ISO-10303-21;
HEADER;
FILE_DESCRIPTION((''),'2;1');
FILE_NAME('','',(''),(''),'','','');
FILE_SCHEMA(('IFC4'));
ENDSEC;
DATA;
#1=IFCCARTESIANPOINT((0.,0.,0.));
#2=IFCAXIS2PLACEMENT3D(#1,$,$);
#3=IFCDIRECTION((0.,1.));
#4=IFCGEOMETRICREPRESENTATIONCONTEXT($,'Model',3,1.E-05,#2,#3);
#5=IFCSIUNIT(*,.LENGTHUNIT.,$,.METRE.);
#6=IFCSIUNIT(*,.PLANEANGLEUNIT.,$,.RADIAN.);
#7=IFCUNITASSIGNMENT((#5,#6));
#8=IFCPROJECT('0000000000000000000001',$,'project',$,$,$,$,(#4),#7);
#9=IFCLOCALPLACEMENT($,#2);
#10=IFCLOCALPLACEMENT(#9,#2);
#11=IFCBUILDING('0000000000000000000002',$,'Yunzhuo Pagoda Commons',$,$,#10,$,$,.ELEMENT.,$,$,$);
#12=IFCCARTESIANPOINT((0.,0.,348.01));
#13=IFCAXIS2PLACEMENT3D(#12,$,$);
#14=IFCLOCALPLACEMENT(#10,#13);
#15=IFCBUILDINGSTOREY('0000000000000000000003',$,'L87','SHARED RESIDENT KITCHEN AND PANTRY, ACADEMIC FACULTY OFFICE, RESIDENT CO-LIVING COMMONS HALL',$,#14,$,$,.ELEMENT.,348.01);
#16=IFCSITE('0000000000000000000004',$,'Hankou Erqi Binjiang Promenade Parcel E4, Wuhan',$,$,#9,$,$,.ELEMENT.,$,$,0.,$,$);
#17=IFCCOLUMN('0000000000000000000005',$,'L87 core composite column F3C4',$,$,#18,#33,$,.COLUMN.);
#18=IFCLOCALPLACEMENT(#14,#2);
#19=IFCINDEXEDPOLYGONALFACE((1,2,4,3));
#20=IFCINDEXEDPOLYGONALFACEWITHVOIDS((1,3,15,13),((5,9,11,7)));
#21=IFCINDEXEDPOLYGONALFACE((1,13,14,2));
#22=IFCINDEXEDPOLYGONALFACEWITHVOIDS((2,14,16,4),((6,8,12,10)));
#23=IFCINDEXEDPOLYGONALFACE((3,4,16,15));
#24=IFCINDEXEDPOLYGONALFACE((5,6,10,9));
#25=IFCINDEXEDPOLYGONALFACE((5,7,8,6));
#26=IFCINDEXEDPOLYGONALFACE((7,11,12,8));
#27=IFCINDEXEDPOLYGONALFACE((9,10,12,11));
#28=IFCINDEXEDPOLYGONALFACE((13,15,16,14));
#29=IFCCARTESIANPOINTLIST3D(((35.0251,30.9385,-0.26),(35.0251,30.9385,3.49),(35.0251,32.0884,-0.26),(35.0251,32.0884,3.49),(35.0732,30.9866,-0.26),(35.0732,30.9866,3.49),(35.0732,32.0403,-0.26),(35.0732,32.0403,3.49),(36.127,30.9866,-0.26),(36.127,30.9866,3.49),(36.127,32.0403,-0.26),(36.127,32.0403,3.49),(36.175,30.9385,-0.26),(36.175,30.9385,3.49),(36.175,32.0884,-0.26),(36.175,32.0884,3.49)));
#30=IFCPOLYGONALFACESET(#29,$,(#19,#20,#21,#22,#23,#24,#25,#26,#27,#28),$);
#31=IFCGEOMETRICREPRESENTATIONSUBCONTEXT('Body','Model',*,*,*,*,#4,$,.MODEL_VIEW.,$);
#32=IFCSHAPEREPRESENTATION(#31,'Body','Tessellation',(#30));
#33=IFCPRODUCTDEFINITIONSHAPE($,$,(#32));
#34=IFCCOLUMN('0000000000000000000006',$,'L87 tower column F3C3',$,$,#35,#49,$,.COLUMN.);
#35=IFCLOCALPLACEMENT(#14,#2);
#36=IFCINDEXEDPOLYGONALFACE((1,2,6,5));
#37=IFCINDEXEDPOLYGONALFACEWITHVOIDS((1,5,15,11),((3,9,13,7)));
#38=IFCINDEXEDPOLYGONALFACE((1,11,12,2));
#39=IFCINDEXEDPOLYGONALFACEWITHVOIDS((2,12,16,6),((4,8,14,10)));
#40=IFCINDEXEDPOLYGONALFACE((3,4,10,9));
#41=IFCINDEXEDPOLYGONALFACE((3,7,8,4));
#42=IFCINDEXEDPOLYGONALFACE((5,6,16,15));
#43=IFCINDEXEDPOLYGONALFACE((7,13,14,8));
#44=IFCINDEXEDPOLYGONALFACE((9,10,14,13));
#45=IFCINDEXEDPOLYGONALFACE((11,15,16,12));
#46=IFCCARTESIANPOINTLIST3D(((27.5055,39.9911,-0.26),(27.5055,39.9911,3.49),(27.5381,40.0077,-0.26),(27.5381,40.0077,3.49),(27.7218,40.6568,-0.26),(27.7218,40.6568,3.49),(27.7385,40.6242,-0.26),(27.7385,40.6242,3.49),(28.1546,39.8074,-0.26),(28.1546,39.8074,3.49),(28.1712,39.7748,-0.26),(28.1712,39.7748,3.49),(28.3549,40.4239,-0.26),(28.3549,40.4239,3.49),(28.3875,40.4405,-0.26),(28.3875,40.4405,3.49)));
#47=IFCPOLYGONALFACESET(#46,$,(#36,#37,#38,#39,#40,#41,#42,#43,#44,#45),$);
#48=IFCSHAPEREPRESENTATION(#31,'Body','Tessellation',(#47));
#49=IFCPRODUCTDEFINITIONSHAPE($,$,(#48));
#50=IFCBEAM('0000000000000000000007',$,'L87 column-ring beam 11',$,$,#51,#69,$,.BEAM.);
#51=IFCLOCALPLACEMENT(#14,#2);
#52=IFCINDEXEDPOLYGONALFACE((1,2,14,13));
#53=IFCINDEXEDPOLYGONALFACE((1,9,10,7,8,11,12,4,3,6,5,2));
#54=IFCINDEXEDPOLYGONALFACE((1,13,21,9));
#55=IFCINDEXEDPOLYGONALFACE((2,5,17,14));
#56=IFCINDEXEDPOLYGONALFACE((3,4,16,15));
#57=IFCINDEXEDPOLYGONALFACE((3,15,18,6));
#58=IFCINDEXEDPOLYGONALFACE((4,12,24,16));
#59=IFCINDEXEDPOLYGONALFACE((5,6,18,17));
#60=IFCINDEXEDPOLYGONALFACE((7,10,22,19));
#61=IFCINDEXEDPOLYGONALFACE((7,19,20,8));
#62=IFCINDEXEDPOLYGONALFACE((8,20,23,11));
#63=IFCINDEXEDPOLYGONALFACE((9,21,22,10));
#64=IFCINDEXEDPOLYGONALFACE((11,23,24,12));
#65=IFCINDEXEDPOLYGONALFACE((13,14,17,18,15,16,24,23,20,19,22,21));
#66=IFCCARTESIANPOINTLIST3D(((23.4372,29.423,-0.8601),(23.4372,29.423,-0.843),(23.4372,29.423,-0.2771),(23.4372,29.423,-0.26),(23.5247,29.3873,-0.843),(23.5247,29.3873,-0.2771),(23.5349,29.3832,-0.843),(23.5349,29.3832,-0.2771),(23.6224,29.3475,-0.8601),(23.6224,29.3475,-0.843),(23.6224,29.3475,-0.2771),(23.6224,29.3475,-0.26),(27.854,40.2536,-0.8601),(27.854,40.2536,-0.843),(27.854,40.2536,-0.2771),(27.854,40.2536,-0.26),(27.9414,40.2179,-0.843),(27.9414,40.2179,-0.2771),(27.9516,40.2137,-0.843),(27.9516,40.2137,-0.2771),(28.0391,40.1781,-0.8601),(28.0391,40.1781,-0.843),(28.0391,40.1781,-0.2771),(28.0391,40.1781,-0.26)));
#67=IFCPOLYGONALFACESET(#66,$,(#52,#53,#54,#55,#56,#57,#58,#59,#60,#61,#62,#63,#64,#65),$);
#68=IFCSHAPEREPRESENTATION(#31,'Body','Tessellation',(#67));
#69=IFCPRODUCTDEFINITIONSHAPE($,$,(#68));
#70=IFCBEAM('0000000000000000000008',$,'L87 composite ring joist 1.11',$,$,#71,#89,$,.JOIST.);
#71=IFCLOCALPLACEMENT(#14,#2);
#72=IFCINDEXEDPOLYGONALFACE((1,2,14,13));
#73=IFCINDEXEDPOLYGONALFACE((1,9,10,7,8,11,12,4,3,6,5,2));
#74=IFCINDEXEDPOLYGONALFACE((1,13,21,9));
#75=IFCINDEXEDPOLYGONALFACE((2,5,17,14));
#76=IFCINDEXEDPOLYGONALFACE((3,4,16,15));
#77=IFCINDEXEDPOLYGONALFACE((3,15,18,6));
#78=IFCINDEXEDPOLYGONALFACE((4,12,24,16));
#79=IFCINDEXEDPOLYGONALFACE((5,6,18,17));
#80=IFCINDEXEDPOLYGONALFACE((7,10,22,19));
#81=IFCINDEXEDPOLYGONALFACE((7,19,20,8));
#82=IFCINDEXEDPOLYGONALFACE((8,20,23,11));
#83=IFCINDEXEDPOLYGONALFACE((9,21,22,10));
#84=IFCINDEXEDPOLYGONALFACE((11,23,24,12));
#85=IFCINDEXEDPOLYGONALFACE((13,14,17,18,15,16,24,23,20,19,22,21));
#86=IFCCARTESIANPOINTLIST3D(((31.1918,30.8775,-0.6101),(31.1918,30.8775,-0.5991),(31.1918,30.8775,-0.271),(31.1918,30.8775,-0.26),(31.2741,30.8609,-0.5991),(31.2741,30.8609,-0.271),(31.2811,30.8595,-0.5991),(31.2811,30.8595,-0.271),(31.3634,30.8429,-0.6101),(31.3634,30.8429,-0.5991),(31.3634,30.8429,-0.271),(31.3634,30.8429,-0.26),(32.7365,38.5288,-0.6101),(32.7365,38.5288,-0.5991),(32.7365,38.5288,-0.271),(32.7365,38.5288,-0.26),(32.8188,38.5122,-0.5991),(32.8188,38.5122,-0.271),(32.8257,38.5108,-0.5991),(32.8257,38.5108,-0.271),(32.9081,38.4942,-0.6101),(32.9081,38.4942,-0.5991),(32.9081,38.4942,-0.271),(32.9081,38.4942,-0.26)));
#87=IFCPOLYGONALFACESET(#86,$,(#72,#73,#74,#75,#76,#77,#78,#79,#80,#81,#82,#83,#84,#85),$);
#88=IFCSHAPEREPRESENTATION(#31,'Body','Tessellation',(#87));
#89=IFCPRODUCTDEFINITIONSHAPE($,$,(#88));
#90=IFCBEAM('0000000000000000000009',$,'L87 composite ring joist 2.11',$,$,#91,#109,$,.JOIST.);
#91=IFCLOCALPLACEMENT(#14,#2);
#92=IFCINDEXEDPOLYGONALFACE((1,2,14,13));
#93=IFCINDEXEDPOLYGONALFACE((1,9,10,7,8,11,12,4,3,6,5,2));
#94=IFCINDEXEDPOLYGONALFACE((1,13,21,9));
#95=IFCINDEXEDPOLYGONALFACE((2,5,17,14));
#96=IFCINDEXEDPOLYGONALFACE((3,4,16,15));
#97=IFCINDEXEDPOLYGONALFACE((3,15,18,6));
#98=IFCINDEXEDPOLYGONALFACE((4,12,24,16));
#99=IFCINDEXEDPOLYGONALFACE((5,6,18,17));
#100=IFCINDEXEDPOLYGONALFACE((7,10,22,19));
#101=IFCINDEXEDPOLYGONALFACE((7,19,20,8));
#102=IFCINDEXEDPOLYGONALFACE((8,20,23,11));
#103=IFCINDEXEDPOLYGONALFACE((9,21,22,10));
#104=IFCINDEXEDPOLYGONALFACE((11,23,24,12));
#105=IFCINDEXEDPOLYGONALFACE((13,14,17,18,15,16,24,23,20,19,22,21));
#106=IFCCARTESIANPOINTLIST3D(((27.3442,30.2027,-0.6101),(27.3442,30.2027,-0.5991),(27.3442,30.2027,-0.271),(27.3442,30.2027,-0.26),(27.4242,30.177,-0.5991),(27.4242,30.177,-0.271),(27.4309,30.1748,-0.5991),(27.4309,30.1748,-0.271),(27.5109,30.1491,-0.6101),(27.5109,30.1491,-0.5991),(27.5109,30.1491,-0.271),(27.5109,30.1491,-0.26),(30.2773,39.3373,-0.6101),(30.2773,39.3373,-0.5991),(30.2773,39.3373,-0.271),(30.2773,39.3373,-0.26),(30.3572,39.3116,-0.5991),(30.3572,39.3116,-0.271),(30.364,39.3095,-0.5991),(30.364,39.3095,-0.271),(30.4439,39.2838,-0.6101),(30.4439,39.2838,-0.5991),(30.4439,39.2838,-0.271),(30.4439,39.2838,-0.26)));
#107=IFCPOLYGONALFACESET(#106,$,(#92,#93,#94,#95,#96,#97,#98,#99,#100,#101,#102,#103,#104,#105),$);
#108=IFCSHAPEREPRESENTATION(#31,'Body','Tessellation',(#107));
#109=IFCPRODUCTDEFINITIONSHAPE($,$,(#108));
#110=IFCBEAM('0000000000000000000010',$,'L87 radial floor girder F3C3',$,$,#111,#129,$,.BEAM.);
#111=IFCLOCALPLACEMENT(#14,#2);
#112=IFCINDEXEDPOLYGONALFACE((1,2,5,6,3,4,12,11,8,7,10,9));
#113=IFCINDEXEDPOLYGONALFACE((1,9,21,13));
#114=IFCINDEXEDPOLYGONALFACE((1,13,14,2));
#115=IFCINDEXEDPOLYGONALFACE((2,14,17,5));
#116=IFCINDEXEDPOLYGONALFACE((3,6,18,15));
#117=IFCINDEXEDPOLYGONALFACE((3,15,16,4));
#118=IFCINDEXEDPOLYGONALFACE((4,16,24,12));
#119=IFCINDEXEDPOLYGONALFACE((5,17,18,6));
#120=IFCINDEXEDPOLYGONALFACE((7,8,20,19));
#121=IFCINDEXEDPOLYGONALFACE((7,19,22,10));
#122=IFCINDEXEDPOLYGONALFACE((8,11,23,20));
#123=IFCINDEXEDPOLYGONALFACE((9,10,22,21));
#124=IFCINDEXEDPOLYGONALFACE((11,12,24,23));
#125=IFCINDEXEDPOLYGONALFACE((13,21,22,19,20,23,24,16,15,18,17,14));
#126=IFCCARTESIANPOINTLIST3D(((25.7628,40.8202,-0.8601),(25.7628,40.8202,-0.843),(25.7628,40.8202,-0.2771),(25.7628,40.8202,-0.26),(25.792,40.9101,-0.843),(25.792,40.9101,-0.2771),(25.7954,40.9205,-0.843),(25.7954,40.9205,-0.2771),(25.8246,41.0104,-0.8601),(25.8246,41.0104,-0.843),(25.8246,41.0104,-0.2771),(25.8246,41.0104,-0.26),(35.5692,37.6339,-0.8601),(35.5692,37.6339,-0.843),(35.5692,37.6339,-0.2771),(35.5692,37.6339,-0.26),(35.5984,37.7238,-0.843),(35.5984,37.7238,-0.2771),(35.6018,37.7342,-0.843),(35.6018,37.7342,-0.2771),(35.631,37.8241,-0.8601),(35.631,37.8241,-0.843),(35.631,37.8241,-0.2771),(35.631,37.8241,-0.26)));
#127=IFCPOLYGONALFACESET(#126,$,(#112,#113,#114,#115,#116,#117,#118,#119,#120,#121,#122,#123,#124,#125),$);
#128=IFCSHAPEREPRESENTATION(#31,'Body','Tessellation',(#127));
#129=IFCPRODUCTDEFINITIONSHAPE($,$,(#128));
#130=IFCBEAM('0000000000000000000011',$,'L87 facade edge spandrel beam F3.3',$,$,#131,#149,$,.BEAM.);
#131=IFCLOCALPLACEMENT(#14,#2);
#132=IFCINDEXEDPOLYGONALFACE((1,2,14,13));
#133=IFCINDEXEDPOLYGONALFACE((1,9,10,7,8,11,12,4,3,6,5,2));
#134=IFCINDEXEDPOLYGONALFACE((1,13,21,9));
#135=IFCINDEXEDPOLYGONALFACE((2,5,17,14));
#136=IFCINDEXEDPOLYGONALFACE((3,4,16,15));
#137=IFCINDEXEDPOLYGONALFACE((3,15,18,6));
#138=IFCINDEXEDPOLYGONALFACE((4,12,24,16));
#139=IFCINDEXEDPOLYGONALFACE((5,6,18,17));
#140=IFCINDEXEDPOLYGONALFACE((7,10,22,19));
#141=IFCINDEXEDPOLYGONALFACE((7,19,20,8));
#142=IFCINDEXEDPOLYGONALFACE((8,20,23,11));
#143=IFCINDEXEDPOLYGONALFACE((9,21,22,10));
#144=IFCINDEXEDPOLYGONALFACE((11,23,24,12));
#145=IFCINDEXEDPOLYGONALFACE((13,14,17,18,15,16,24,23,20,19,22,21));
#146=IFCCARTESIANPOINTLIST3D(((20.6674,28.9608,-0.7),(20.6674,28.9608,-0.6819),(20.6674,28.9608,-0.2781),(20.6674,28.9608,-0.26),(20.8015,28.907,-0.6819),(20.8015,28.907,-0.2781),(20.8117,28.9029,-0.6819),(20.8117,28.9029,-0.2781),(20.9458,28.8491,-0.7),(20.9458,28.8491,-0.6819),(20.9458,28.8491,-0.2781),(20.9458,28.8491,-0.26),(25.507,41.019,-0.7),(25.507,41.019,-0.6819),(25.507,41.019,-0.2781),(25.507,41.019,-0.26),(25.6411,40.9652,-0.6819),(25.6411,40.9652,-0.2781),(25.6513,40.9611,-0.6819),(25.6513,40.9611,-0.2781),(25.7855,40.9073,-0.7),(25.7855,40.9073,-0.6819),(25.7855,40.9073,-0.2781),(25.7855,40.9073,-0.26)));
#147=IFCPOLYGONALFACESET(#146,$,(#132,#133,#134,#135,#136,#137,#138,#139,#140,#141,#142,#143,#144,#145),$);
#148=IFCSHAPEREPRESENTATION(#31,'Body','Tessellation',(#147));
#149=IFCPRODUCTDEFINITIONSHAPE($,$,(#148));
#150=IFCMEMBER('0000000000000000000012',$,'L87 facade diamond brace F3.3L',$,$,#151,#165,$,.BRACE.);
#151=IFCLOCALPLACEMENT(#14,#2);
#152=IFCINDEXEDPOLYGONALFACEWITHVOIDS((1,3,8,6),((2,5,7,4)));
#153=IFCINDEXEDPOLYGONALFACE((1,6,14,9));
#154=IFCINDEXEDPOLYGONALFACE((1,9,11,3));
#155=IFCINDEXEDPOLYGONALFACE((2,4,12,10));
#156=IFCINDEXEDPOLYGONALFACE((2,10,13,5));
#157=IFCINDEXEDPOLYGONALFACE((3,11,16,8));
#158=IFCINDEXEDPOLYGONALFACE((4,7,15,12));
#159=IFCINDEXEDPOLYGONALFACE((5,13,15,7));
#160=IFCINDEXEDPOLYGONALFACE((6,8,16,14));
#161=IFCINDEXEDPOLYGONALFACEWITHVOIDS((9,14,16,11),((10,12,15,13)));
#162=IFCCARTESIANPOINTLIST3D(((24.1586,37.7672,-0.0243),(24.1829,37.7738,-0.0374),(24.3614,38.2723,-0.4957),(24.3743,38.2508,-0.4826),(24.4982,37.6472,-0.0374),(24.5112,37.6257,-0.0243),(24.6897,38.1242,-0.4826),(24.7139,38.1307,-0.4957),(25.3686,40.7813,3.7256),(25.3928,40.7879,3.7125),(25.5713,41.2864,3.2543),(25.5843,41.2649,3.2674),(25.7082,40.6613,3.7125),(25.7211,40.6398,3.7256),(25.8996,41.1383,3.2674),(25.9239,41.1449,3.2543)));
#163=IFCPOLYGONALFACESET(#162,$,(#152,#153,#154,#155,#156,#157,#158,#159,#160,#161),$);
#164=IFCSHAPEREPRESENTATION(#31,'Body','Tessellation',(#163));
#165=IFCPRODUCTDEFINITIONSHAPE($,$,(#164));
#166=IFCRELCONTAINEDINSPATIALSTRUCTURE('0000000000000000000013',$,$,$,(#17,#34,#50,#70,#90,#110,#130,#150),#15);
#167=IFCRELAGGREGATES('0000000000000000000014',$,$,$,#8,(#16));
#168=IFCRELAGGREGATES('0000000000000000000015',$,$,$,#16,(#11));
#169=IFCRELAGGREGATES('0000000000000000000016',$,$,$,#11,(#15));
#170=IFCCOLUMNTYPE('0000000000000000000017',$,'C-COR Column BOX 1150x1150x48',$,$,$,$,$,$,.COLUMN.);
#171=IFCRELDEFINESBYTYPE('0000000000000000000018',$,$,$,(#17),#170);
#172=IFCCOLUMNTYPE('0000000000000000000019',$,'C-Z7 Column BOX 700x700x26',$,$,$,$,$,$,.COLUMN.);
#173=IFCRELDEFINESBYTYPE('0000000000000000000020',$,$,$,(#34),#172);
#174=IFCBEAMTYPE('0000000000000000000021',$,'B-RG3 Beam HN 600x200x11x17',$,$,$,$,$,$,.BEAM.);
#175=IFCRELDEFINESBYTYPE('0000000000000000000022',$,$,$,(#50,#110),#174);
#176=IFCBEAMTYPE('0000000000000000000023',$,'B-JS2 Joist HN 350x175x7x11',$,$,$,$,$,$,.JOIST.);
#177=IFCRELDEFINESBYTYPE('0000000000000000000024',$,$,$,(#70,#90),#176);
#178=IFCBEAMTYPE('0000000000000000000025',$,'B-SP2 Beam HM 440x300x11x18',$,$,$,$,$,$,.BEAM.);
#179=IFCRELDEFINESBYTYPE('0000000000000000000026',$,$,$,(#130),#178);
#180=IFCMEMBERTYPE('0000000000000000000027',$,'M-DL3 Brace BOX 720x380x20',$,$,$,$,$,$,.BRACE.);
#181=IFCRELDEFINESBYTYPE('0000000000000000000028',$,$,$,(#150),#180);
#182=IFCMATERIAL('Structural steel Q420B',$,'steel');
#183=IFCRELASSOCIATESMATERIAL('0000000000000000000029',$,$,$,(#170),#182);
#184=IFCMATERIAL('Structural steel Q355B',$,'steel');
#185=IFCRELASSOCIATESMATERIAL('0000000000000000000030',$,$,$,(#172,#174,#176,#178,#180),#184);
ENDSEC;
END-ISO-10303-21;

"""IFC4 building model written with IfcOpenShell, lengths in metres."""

from ifc_helpers import new_model, si_unit, direction, frame, origin, origin_2d, place, context, subcontext, project, spatial, hollow_rectangle, i_section, extrude, source, transform, mapped, material, material_profile, profile_set, type_object, element, save


model = new_model("IFC4")

# Units and contexts
model_context = context("Model", 3, precision=1e-05, world=origin(), true_north=direction((0.0, 1.0)))
body_context = subcontext(model_context, "Body", "Model", "MODEL_VIEW")
ifc_project = project(units=[si_unit("LENGTHUNIT", "METRE"), si_unit("PLANEANGLEUNIT", "RADIAN")], contexts=[model_context])

# Site, building, storey
site_placement = place(None, origin())
site = spatial("IfcSite", under=ifc_project, at=site_placement, Name="Hankou Erqi Binjiang Promenade Parcel E4, Wuhan", CompositionType="ELEMENT", RefElevation=0.0)
building_placement = place(site_placement, origin())
building = spatial("IfcBuilding", under=site, at=building_placement, Name="Yunzhuo Pagoda Commons", CompositionType="ELEMENT")
storey_placement = place(building_placement, frame((0.0, 0.0, 348.01)))
storey = spatial("IfcBuildingStorey", under=building, at=storey_placement, Name="L87", Description="SHARED RESIDENT KITCHEN AND PANTRY, ACADEMIC FACULTY OFFICE, RESIDENT CO-LIVING COMMONS HALL", CompositionType="ELEMENT", Elevation=348.01)

# Columns
ifc_material_1 = material(Name="Structural steel Q420B", Category="steel")
ifc_material_profile_1 = material_profile(ifc_material_1, hollow_rectangle(XDim=1.1499, YDim=1.1499, WallThickness=0.0481, at=origin_2d()), Name="Structural steel Q420B")
ifc_profile_set_1 = profile_set([ifc_material_profile_1], Name="Structural steel Q420B")
column_type_1 = type_object("IfcColumnType", Name="C-COR Column BOX 1150x1150x48", PredefinedType="COLUMN", material=ifc_profile_set_1)
shared_shape_1 = source(origin(), body_context, "Body", "SweptSolid", [
    extrude(hollow_rectangle(XDim=1.1499, YDim=1.1499, WallThickness=0.0481, at=origin_2d()), origin(), (0.0, 0.0, 1.0), 3.75),
])
column_1_placement = place(storey_placement, frame((35.6001, 31.5134, -0.26), z_axis=(0.0, 0.0, 1.0), x_axis=(1.0, 0.0, 0.0)))
element("IfcColumn", 1, at=column_1_placement, inside=storey, type_object=column_type_1, Name="L87 core composite column F3C4", PredefinedType="COLUMN", context=body_context, shape_type="MappedRepresentation", body=[
    mapped(shared_shape_1, transform((0.0, 0.0, 0.0), scale=1.0)),
])
ifc_material_2 = material(Name="Structural steel Q355B", Category="steel")
ifc_material_profile_2 = material_profile(ifc_material_2, hollow_rectangle(XDim=0.7, YDim=0.7, WallThickness=0.0259, at=origin_2d()), Name="Structural steel Q355B")
ifc_profile_set_2 = profile_set([ifc_material_profile_2], Name="Structural steel Q355B")
column_type_2 = type_object("IfcColumnType", Name="C-Z7 Column BOX 700x700x26", PredefinedType="COLUMN", material=ifc_profile_set_2)
shared_shape_2 = source(origin(), body_context, "Body", "SweptSolid", [
    extrude(hollow_rectangle(XDim=0.7, YDim=0.7, WallThickness=0.0259, at=origin_2d()), origin(), (0.0, 0.0, 1.0), 3.75),
])
column_2_placement = place(storey_placement, frame((27.9465, 40.2158, -0.26), z_axis=(0.0, 0.0, 1.0), x_axis=(-0.309017, -0.951057, 0.0)))
element("IfcColumn", 2, at=column_2_placement, inside=storey, type_object=column_type_2, Name="L87 tower column F3C3", PredefinedType="COLUMN", context=body_context, shape_type="MappedRepresentation", body=[
    mapped(shared_shape_2, transform((0.0, 0.0, 0.0), scale=1.0)),
])

# Beams
ifc_material_profile_3 = material_profile(ifc_material_2, i_section(OverallWidth=0.2, OverallDepth=0.6001, WebThickness=0.011, FlangeThickness=0.0171, at=origin_2d()), Name="Structural steel Q355B")
ifc_profile_set_3 = profile_set([ifc_material_profile_3], Name="Structural steel Q355B")
beam_type_1 = type_object("IfcBeamType", Name="B-RG3 Beam HN 600x200x11x17", PredefinedType="BEAM", material=ifc_profile_set_3)
shared_shape_3 = source(origin(), body_context, "Body", "SweptSolid", [
    extrude(i_section(OverallWidth=0.2, OverallDepth=0.6001, WebThickness=0.011, FlangeThickness=0.0171, at=origin_2d()), origin(), (0.0, 0.0, 1.0), 11.6965),
])
beam_1_placement = place(storey_placement, frame((27.9465, 40.2158, -0.5601), z_axis=(-0.377612, -0.925964, 0.0), x_axis=(0.925964, -0.377612, 0.0)))
element("IfcBeam", 3, at=beam_1_placement, inside=storey, type_object=beam_type_1, Name="L87 column-ring beam 11", PredefinedType="BEAM", context=body_context, shape_type="MappedRepresentation", body=[
    mapped(shared_shape_3, transform((0.0, 0.0, 0.0), scale=1.0)),
])
ifc_material_profile_4 = material_profile(ifc_material_2, i_section(OverallWidth=0.175, OverallDepth=0.3501, WebThickness=0.0071, FlangeThickness=0.011, at=origin_2d()), Name="Structural steel Q355B")
ifc_profile_set_4 = profile_set([ifc_material_profile_4], Name="Structural steel Q355B")
beam_type_2 = type_object("IfcBeamType", Name="B-JS2 Joist HN 350x175x7x11", PredefinedType="JOIST", material=ifc_profile_set_4)
shared_shape_4 = source(origin(), body_context, "Body", "SweptSolid", [
    extrude(i_section(OverallWidth=0.175, OverallDepth=0.3501, WebThickness=0.0071, FlangeThickness=0.011, at=origin_2d()), origin(), (0.0, 0.0, 1.0), 7.8057),
])
beam_2_placement = place(storey_placement, frame((32.8223, 38.5115, -0.4351), z_axis=(-0.19789, -0.980224, 0.0), x_axis=(0.980224, -0.19789, 0.0)))
element("IfcBeam", 4, at=beam_2_placement, inside=storey, type_object=beam_type_2, Name="L87 composite ring joist 1.11", PredefinedType="JOIST", context=body_context, shape_type="MappedRepresentation", body=[
    mapped(shared_shape_4, transform((0.0, 0.0, 0.0), scale=1.0)),
])
shared_shape_5 = source(origin(), body_context, "Body", "SweptSolid", [
    extrude(i_section(OverallWidth=0.175, OverallDepth=0.3501, WebThickness=0.0071, FlangeThickness=0.011, at=origin_2d()), origin(), (0.0, 0.0, 1.0), 9.594),
])
beam_3_placement = place(storey_placement, frame((30.3606, 39.3105, -0.4351), z_axis=(-0.305719, -0.952122, 0.0), x_axis=(0.952122, -0.305719, 0.0)))
element("IfcBeam", 5, at=beam_3_placement, inside=storey, type_object=beam_type_2, Name="L87 composite ring joist 2.11", PredefinedType="JOIST", context=body_context, shape_type="MappedRepresentation", body=[
    mapped(shared_shape_5, transform((0.0, 0.0, 0.0), scale=1.0)),
])
shared_shape_6 = source(origin(), body_context, "Body", "SweptSolid", [
    extrude(i_section(OverallWidth=0.2, OverallDepth=0.6001, WebThickness=0.011, FlangeThickness=0.0171, at=origin_2d()), origin(), (0.0, 0.0, 1.0), 10.311),
])
beam_4_placement = place(storey_placement, frame((25.7937, 40.9153, -0.5601), z_axis=(0.951057, -0.309016, 0.0), x_axis=(0.309016, 0.951057, 0.0)))
element("IfcBeam", 6, at=beam_4_placement, inside=storey, type_object=beam_type_1, Name="L87 radial floor girder F3C3", PredefinedType="BEAM", context=body_context, shape_type="MappedRepresentation", body=[
    mapped(shared_shape_6, transform((0.0, 0.0, 0.0), scale=1.0)),
])
ifc_material_profile_5 = material_profile(ifc_material_2, i_section(OverallWidth=0.3, OverallDepth=0.4399, WebThickness=0.011, FlangeThickness=0.0181, at=origin_2d()), Name="Structural steel Q355B")
ifc_profile_set_5 = profile_set([ifc_material_profile_5], Name="Structural steel Q355B")
beam_type_3 = type_object("IfcBeamType", Name="B-SP2 Beam HM 440x300x11x18", PredefinedType="BEAM", material=ifc_profile_set_5)
shared_shape_7 = source(origin(), body_context, "Body", "SweptSolid", [
    extrude(i_section(OverallWidth=0.3, OverallDepth=0.4399, WebThickness=0.011, FlangeThickness=0.0181, at=origin_2d()), origin(), (0.0, 0.0, 1.0), 12.9932),
])
beam_5_placement = place(storey_placement, frame((25.6462, 40.9631, -0.48), z_axis=(-0.372476, -0.928042, 0.0), x_axis=(0.928042, -0.372476, 0.0)))
element("IfcBeam", 7, at=beam_5_placement, inside=storey, type_object=beam_type_3, Name="L87 facade edge spandrel beam F3.3", PredefinedType="BEAM", context=body_context, shape_type="MappedRepresentation", body=[
    mapped(shared_shape_7, transform((0.0, 0.0, 0.0), scale=1.0)),
])

# Member
ifc_material_profile_6 = material_profile(ifc_material_2, hollow_rectangle(XDim=0.3799, YDim=0.72, WallThickness=0.02, at=origin_2d()), Name="Structural steel Q355B")
ifc_profile_set_6 = profile_set([ifc_material_profile_6], Name="Structural steel Q355B")
member_type_1 = type_object("IfcMemberType", Name="M-DL3 Brace BOX 720x380x20", PredefinedType="BRACE", material=ifc_profile_set_6)
shared_shape_8 = source(origin(), body_context, "Body", "SweptSolid", [
    extrude(hollow_rectangle(XDim=0.3799, YDim=0.72, WallThickness=0.02, at=origin_2d()), origin(), (0.0, 0.0, 1.0), 4.9609),
])
member_1_placement = place(storey_placement, frame((24.4363, 37.949, -0.26), z_axis=(0.243894, 0.607569, 0.755894), x_axis=(-0.92802, 0.372531, 0.0)))
element("IfcMember", 8, at=member_1_placement, inside=storey, type_object=member_type_1, Name="L87 facade diamond brace F3.3L", PredefinedType="BRACE", context=body_context, shape_type="MappedRepresentation", body=[
    mapped(shared_shape_8, transform((0.0, 0.0, 0.0), scale=1.0)),
])

save(model, "model.ifc")
